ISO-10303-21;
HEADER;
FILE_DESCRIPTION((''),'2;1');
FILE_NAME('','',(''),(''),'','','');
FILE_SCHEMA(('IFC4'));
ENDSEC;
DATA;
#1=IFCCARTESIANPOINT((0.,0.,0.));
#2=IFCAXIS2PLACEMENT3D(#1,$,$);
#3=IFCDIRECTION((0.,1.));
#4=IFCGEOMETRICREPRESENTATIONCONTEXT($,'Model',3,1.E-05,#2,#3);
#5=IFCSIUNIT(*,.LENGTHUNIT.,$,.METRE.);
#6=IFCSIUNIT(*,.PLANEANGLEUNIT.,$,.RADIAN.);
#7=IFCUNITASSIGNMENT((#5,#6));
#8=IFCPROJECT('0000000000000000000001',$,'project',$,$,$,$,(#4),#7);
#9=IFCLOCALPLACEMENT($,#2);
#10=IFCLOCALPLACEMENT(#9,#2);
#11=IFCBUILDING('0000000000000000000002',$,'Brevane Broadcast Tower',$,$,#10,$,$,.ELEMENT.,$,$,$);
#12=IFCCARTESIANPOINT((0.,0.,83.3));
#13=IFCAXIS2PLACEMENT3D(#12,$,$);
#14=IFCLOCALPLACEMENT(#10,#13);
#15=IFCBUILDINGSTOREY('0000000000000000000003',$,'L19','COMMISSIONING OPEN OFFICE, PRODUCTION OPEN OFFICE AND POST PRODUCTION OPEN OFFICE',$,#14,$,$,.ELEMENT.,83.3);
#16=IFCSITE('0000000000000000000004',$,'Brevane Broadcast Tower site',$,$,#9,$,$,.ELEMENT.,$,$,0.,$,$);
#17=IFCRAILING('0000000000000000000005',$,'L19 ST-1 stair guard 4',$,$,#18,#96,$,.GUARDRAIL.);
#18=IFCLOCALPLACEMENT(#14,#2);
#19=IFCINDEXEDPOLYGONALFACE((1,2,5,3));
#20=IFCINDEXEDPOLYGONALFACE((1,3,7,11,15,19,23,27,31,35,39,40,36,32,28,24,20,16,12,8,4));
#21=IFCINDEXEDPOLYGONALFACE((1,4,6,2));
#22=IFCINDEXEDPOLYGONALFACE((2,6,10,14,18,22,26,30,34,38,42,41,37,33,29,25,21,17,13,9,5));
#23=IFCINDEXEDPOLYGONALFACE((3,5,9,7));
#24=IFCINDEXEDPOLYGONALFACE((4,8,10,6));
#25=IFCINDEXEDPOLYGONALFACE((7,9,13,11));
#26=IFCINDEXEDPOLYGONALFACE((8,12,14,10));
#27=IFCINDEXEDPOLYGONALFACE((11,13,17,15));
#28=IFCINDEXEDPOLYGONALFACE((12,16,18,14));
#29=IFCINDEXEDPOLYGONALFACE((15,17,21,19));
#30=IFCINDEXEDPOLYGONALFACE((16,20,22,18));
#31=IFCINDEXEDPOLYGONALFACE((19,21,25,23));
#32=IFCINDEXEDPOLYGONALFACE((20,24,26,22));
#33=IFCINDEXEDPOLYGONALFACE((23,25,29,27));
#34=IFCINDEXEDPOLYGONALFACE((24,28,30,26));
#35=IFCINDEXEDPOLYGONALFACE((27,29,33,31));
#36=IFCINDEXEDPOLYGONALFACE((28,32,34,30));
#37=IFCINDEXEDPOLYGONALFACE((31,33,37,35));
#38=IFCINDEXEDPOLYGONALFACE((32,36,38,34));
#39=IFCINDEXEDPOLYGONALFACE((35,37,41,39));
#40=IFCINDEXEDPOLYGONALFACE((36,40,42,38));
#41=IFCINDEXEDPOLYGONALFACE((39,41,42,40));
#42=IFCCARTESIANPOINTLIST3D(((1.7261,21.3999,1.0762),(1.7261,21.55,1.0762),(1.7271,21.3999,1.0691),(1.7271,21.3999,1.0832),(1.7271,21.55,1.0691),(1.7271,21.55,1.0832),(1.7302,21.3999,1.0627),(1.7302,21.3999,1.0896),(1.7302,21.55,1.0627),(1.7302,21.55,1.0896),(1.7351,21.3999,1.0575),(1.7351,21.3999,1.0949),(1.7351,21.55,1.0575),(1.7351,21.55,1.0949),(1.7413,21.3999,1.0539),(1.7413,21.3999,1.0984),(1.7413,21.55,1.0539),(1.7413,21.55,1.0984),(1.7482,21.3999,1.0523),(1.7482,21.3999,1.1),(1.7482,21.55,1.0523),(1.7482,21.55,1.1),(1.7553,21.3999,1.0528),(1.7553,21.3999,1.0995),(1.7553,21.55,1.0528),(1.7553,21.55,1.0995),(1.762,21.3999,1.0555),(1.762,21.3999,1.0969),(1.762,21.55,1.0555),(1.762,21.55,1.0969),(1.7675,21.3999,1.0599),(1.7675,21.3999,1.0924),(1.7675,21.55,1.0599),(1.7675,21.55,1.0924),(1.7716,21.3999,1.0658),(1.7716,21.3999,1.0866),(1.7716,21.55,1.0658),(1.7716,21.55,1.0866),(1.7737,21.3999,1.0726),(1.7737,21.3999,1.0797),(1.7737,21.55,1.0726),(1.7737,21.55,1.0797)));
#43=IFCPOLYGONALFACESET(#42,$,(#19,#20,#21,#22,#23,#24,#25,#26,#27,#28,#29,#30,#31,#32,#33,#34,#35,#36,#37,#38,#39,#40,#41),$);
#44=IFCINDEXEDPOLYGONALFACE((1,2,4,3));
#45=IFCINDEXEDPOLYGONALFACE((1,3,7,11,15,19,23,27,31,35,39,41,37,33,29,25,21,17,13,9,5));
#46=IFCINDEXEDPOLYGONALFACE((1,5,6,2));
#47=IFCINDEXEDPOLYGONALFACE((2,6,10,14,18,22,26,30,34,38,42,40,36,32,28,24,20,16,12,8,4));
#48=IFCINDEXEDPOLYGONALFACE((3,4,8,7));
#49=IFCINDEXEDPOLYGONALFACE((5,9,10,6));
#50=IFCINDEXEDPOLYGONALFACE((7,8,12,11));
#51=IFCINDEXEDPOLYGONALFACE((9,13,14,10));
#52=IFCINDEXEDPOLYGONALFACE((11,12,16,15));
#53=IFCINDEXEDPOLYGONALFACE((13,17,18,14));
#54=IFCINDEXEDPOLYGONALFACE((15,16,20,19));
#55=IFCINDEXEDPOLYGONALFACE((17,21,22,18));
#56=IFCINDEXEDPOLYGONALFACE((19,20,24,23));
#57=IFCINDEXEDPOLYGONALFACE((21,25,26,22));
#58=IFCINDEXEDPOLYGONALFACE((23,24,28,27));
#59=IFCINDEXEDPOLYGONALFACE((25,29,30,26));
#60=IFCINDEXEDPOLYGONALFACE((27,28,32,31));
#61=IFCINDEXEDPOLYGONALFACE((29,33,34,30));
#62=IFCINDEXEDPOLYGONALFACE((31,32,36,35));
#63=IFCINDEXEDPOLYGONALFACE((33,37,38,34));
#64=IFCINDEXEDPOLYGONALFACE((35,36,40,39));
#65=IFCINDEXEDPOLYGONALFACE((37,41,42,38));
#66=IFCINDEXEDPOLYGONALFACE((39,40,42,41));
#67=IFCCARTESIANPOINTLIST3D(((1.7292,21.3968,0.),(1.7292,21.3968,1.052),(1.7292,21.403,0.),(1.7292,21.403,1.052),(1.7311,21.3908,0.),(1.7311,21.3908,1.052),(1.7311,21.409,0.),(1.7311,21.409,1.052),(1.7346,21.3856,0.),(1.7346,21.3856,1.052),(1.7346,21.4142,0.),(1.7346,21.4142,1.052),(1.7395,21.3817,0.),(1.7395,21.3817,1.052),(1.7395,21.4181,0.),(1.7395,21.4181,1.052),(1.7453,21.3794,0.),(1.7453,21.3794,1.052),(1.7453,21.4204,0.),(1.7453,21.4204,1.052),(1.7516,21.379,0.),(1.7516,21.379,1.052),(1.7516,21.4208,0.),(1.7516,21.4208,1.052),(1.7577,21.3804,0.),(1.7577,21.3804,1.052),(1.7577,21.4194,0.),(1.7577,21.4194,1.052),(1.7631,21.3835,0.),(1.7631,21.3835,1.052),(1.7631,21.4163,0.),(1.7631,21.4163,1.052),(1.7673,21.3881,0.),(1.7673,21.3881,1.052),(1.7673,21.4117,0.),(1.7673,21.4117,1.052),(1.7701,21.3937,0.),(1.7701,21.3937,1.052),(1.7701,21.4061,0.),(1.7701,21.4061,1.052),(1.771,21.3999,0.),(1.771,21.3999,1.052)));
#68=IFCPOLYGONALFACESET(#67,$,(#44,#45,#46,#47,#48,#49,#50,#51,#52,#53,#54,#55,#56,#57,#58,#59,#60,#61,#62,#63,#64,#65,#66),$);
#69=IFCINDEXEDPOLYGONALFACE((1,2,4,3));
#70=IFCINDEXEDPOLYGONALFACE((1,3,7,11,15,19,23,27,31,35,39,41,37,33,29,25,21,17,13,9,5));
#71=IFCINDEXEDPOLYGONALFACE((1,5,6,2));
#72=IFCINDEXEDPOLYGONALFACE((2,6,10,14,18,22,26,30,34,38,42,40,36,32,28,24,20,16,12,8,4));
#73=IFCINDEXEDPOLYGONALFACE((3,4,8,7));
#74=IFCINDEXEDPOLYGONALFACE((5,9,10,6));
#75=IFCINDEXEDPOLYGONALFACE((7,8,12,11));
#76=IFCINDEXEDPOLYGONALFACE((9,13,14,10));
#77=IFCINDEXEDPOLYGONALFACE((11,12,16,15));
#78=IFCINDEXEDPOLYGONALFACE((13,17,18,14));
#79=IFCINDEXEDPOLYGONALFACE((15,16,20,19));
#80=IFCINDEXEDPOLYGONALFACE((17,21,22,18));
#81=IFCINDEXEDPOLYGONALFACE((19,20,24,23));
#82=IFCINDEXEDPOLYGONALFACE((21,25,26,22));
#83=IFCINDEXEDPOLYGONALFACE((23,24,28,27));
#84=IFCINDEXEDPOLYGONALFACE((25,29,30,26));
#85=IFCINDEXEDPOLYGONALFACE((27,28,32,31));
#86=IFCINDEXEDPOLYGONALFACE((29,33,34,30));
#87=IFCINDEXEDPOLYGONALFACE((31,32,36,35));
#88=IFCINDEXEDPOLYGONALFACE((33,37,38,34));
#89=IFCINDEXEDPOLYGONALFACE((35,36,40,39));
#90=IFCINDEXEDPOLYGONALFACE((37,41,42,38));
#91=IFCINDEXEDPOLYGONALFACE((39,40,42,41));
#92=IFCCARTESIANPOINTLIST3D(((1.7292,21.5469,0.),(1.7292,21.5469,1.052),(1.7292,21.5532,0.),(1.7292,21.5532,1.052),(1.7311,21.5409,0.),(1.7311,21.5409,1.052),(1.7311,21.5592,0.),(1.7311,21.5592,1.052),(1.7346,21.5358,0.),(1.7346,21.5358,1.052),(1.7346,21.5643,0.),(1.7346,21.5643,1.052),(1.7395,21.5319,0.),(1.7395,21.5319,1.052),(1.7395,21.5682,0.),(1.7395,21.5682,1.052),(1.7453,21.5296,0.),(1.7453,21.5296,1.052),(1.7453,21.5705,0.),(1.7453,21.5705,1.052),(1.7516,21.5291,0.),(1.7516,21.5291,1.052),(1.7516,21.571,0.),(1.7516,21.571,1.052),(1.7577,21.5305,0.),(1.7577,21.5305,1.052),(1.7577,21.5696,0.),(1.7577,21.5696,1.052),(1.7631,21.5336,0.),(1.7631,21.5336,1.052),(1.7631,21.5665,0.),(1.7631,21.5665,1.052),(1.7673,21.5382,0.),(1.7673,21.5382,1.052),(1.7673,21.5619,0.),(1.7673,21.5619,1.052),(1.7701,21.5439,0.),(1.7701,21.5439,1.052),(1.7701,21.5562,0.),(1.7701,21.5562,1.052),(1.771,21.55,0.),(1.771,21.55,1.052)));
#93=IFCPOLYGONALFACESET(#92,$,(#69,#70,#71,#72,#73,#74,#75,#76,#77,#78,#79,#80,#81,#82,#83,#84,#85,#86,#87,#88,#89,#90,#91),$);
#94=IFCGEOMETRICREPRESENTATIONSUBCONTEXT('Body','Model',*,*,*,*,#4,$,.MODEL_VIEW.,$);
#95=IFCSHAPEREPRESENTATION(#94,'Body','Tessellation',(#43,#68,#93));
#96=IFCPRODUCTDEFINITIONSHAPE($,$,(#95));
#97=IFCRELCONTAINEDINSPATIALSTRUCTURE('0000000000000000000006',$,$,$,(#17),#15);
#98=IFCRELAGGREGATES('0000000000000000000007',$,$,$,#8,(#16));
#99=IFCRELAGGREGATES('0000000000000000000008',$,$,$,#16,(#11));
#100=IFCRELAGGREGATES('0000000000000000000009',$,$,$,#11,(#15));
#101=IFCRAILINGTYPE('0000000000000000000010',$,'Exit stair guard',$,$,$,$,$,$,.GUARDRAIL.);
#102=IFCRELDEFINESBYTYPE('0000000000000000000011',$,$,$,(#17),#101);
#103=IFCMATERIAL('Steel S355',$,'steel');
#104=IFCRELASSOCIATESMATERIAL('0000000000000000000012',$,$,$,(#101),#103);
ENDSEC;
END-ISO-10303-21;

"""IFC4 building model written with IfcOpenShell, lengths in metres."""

from ifc_helpers import new_model, si_unit, direction, frame, origin, origin_2d, place, context, subcontext, project, spatial, circle, extrude, material, type_object, element, save


model = new_model("IFC4")

# Units and contexts
model_context = context("Model", 3, precision=1e-05, world=origin(), true_north=direction((0.0, 1.0)))
body_context = subcontext(model_context, "Body", "Model", "MODEL_VIEW")
ifc_project = project(units=[si_unit("LENGTHUNIT", "METRE"), si_unit("PLANEANGLEUNIT", "RADIAN")], contexts=[model_context])

# Site, building, storey
site_placement = place(None, origin())
site = spatial("IfcSite", under=ifc_project, at=site_placement, Name="Brevane Broadcast Tower site", CompositionType="ELEMENT", RefElevation=0.0)
building_placement = place(site_placement, origin())
building = spatial("IfcBuilding", under=site, at=building_placement, Name="Brevane Broadcast Tower", CompositionType="ELEMENT")
storey_placement = place(building_placement, frame((0.0, 0.0, 83.3)))
storey = spatial("IfcBuildingStorey", under=building, at=storey_placement, Name="L19", Description="COMMISSIONING OPEN OFFICE, PRODUCTION OPEN OFFICE AND POST PRODUCTION OPEN OFFICE", CompositionType="ELEMENT", Elevation=83.3)

# Railing
ifc_material_1 = material(Name="Steel S355", Category="steel")
railing_type_1 = type_object("IfcRailingType", Name="Exit stair guard", PredefinedType="GUARDRAIL", material=ifc_material_1)
railing_1_placement = place(storey_placement, frame((1.75, 21.3999, 0.0)))
element("IfcRailing", 1, at=railing_1_placement, inside=storey, type_object=railing_type_1, Name="L19 ST-1 stair guard 4", PredefinedType="GUARDRAIL", context=body_context, shape_type="SweptSolid", body=[
    extrude(circle(Radius=0.0239, at=origin_2d()), frame((0.0, 0.0, 1.0762), z_axis=(0.0, 1.0, 0.0), x_axis=(-1.0, 0.0, 0.0)), (0.0, 0.0, 1.0), 0.1501),
    extrude(circle(Radius=0.021, at=origin_2d()), origin(), (0.0, 0.0, 1.0), 1.052),
    extrude(circle(Radius=0.021, at=origin_2d()), frame((0.0, 0.1501, 0.0)), (0.0, 0.0, 1.0), 1.052),
])

save(model, "model.ifc")
